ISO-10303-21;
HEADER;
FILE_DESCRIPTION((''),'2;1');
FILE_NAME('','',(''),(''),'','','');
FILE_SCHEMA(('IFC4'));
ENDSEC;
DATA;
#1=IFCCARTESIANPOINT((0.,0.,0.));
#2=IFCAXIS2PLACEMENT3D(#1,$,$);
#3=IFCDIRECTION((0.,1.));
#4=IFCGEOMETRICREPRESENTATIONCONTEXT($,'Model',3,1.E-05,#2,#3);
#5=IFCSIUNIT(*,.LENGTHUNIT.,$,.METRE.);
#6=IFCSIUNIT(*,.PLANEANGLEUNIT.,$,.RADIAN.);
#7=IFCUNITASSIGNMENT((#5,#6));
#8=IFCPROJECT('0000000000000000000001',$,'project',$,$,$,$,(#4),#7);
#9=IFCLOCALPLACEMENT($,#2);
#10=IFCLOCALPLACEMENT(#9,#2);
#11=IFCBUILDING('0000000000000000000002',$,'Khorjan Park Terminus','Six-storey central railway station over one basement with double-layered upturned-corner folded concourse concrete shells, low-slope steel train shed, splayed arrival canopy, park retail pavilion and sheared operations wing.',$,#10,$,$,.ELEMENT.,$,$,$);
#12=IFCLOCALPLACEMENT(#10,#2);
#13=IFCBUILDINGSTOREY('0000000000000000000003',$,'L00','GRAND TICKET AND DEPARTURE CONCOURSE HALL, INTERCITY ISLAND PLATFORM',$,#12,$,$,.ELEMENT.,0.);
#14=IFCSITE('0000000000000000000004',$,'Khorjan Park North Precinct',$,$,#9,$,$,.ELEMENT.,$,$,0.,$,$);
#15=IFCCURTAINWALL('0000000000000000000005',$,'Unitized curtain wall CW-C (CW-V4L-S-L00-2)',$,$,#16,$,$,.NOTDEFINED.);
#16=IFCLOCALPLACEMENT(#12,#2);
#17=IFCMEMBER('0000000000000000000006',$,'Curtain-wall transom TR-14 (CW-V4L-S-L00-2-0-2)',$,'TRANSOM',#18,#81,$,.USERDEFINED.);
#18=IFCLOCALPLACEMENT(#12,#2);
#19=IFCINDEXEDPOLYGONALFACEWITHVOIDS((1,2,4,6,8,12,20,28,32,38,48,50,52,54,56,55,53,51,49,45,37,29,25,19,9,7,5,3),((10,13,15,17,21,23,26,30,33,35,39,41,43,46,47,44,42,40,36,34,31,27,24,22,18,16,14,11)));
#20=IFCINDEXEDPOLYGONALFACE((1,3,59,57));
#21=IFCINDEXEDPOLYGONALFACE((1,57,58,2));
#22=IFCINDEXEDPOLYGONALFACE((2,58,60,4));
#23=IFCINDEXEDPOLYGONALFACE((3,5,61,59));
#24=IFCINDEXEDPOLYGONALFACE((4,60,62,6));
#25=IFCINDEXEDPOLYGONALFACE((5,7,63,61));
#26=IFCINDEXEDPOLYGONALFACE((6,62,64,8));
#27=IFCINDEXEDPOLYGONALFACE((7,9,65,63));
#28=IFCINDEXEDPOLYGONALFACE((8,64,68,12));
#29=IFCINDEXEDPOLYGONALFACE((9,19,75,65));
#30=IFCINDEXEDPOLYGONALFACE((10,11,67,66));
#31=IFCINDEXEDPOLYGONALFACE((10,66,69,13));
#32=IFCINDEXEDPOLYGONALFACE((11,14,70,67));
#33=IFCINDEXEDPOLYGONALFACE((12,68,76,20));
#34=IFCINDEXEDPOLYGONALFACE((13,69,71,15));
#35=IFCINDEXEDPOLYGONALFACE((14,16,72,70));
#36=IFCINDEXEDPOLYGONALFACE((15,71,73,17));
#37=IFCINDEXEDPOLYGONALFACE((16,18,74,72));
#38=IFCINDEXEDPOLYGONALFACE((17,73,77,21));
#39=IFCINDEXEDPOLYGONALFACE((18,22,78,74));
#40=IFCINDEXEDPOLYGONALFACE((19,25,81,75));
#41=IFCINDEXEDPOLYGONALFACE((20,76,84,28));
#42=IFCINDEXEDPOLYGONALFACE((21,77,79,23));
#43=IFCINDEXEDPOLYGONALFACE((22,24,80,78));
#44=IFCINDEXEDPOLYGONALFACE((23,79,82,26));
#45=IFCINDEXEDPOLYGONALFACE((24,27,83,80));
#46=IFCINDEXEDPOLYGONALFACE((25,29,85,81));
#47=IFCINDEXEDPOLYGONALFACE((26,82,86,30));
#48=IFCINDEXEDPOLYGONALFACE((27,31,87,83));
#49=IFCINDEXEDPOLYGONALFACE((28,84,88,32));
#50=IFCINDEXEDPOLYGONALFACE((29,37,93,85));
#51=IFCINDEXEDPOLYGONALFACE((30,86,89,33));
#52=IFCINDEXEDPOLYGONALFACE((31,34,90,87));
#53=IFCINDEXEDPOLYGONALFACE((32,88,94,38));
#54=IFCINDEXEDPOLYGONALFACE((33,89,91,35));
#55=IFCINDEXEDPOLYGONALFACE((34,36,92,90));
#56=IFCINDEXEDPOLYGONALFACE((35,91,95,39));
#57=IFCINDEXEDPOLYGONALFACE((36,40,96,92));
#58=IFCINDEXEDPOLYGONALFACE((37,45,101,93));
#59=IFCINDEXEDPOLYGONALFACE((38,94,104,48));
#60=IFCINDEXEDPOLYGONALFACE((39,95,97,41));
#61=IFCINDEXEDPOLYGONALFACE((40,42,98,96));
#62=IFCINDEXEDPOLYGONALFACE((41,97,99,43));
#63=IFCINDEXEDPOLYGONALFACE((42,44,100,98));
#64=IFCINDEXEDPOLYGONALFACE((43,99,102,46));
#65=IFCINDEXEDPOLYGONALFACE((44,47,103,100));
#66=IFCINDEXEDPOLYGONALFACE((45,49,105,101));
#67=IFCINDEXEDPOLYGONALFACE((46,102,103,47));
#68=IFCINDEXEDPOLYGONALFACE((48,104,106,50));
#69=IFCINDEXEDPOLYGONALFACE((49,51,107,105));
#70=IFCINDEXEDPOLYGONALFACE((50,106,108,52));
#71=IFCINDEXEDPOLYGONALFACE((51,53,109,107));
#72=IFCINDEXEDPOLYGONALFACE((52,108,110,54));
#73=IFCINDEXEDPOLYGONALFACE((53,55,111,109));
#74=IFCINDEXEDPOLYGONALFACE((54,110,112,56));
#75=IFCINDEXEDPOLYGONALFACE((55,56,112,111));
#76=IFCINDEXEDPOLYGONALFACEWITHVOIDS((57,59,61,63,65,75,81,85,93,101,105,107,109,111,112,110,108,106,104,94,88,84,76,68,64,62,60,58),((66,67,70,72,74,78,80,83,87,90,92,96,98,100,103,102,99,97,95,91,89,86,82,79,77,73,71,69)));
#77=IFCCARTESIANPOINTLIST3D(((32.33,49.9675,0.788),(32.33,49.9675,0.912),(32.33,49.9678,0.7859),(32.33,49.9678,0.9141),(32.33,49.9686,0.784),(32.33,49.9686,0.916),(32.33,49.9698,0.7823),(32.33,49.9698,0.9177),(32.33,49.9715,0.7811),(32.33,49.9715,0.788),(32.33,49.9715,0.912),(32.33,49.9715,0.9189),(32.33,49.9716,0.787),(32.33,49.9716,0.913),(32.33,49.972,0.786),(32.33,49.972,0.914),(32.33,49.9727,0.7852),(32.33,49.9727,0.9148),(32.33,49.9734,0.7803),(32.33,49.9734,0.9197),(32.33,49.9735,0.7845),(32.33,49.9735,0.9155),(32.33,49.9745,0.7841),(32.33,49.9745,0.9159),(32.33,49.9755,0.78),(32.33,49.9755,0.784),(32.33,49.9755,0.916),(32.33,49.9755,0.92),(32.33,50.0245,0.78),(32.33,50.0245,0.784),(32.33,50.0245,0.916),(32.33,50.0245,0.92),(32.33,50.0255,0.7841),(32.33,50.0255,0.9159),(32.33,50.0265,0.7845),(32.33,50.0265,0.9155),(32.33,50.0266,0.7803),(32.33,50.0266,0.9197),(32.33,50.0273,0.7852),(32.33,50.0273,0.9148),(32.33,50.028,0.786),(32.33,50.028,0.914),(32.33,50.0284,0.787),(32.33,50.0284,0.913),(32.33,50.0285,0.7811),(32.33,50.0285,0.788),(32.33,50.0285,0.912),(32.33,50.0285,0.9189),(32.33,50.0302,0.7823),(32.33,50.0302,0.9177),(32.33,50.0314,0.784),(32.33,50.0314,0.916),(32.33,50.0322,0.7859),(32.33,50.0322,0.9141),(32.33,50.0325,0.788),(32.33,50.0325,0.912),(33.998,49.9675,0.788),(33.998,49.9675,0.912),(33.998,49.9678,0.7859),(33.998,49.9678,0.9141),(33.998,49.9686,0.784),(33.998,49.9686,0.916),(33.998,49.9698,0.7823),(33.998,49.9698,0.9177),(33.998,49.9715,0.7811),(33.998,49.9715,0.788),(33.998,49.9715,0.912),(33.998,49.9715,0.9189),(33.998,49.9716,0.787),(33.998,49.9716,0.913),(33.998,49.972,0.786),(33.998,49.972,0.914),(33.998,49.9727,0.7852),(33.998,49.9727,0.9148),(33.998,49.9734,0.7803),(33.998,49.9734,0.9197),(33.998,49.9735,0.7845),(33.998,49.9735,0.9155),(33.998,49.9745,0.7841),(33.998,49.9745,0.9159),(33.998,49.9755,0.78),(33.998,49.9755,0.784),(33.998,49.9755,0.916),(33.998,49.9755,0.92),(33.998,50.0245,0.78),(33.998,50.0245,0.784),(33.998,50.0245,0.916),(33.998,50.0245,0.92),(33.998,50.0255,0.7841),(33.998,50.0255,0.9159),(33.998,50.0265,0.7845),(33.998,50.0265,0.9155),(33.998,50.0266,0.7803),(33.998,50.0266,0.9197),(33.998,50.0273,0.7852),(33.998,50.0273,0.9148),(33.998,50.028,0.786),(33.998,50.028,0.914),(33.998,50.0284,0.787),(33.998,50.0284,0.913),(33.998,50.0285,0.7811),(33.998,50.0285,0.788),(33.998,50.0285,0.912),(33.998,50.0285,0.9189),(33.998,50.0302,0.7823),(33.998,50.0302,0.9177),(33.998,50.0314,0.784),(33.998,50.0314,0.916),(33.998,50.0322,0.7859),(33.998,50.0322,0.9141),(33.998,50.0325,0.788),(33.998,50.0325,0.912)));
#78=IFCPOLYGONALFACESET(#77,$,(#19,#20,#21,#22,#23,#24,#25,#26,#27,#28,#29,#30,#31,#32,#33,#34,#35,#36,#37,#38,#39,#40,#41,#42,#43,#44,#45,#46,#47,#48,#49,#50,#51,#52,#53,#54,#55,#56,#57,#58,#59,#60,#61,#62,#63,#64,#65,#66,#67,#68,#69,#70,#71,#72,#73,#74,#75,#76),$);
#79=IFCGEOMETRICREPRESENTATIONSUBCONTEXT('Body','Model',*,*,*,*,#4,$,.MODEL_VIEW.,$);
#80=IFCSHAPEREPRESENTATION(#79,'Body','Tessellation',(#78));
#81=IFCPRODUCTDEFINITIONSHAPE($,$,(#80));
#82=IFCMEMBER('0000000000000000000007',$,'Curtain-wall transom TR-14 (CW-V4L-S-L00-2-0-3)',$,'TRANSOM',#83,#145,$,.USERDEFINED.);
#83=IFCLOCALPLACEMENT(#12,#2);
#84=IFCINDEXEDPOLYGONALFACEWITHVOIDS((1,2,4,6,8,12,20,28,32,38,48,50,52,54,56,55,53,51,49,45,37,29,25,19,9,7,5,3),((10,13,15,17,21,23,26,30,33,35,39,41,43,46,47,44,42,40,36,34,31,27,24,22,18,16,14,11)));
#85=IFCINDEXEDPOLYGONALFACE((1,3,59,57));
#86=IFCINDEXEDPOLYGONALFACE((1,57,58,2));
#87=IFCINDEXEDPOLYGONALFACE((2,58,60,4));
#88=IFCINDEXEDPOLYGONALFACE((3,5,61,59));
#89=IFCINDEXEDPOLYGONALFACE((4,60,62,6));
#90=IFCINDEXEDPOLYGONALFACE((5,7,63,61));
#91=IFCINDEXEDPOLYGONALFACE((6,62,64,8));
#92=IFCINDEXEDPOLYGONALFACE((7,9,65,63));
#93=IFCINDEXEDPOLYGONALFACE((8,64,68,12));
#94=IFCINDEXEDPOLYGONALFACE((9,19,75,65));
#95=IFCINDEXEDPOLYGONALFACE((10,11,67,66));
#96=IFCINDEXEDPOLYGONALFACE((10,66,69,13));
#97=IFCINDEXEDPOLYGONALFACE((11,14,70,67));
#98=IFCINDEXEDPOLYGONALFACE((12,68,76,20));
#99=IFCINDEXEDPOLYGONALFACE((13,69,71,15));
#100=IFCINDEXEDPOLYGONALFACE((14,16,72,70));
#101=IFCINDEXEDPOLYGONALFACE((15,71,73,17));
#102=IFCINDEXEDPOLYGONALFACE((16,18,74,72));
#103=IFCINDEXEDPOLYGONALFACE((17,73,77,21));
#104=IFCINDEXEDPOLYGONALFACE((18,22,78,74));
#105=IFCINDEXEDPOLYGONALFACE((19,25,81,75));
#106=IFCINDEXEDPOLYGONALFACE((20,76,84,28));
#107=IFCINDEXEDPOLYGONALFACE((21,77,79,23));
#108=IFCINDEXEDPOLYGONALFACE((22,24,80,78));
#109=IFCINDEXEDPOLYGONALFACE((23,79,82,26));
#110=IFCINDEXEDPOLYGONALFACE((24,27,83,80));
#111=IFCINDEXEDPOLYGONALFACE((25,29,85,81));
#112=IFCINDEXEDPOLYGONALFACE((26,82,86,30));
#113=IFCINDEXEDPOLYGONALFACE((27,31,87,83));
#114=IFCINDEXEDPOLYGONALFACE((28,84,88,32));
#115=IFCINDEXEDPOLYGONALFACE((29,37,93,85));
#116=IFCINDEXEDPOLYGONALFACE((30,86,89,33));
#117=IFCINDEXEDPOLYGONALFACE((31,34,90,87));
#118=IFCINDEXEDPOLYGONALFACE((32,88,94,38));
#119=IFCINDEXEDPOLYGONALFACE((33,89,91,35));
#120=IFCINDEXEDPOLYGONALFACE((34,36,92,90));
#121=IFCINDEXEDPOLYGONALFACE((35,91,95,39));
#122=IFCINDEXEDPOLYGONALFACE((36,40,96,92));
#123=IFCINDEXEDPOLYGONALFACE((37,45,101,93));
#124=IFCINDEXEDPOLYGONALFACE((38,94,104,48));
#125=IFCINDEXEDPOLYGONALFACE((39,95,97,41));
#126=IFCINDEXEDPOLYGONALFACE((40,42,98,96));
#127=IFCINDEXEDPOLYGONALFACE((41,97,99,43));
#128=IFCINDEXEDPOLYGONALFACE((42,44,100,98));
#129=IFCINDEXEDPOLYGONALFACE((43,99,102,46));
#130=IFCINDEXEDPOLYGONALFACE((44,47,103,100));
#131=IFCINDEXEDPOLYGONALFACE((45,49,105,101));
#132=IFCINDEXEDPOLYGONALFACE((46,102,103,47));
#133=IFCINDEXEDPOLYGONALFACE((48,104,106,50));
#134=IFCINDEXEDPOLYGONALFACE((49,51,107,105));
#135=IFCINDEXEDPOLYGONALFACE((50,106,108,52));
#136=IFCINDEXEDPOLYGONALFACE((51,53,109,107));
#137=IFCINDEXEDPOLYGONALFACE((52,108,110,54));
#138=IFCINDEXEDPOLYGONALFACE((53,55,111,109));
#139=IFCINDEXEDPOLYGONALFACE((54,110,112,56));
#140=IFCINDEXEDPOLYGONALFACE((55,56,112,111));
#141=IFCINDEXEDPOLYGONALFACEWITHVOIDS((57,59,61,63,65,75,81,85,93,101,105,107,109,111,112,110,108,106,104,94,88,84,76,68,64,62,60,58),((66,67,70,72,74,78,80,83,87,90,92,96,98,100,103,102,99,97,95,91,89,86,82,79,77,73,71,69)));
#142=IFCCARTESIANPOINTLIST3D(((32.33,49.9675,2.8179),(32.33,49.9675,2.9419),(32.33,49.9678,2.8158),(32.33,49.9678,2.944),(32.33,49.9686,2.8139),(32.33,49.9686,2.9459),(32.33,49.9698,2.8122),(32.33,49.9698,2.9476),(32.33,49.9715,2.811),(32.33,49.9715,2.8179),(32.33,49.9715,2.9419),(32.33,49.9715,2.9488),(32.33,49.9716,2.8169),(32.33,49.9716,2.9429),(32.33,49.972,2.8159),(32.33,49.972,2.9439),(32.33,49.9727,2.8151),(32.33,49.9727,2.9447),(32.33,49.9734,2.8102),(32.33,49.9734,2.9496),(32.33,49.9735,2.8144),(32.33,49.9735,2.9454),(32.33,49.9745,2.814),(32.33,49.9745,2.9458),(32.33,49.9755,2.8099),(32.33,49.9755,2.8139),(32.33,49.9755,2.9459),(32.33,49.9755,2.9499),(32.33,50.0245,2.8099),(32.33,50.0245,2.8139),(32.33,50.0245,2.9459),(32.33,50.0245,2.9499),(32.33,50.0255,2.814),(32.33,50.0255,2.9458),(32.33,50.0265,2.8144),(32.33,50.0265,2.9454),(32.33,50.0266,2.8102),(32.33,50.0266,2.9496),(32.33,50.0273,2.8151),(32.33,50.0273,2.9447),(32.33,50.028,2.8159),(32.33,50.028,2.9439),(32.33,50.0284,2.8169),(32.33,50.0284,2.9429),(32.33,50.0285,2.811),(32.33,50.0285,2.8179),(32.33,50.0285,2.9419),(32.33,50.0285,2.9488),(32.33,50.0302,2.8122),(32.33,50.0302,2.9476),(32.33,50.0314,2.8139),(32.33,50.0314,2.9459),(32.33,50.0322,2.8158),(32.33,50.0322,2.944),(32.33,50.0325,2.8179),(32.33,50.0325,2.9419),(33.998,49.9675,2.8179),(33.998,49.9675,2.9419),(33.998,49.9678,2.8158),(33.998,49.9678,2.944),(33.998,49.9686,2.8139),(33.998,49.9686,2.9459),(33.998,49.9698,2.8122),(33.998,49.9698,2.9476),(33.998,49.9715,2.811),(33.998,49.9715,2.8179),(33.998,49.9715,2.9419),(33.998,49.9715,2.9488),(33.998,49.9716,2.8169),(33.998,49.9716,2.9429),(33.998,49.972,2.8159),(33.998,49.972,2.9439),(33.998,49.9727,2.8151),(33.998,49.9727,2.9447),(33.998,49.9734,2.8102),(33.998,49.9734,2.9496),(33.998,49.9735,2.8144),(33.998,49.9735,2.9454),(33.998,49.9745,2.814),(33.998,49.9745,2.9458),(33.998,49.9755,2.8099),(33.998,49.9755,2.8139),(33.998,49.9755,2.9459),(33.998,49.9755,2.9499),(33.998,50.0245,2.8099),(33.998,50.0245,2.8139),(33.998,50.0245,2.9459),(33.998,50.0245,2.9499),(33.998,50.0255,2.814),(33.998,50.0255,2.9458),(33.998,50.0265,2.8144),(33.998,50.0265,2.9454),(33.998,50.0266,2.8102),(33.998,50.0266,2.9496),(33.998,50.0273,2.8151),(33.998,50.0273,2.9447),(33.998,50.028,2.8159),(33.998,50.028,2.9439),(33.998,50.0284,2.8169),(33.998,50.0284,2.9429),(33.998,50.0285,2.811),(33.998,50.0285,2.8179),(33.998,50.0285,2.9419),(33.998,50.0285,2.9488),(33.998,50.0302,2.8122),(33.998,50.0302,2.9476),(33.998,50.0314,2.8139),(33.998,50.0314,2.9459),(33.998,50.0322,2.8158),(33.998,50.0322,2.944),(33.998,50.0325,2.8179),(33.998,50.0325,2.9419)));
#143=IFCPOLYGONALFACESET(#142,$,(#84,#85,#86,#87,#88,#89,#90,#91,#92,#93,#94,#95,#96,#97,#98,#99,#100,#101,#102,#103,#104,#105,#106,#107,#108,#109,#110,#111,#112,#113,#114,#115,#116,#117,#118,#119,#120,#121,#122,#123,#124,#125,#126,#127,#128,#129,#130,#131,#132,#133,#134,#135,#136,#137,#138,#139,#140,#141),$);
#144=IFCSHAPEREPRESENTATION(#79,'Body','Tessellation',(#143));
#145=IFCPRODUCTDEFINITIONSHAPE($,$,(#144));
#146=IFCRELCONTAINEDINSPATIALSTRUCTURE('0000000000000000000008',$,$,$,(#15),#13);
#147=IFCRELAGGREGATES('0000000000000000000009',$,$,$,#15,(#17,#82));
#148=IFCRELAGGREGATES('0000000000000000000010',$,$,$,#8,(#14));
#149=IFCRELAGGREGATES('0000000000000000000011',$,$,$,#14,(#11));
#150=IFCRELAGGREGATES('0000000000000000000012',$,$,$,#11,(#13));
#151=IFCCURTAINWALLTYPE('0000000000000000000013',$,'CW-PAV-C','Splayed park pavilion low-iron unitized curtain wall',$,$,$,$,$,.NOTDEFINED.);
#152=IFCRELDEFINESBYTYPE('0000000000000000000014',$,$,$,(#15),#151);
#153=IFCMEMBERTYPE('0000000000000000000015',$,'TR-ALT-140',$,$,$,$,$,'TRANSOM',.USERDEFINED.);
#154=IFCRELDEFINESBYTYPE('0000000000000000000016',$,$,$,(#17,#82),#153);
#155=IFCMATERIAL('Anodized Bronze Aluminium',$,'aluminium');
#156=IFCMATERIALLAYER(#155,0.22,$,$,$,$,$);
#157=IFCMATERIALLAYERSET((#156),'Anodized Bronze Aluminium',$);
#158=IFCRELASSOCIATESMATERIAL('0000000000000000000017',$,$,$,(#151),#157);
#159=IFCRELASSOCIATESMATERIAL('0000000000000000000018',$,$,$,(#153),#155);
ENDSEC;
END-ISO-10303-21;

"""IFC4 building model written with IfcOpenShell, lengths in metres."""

from ifc_helpers import new_model, si_unit, direction, frame, origin, origin_2d, place, context, subcontext, project, spatial, hollow_rectangle, extrude, material, layer, layer_set, material_profile, profile_set, type_object, element, aggregate, save


model = new_model("IFC4")

# Units and contexts
model_context = context("Model", 3, precision=1e-05, world=origin(), true_north=direction((0.0, 1.0)))
body_context = subcontext(model_context, "Body", "Model", "MODEL_VIEW")
ifc_project = project(units=[si_unit("LENGTHUNIT", "METRE"), si_unit("PLANEANGLEUNIT", "RADIAN")], contexts=[model_context])

# Site, building, storey
site_placement = place(None, origin())
site = spatial("IfcSite", under=ifc_project, at=site_placement, Name="Khorjan Park North Precinct", CompositionType="ELEMENT", RefElevation=0.0)
building_placement = place(site_placement, origin())
building = spatial("IfcBuilding", under=site, at=building_placement, Name="Khorjan Park Terminus", Description="Six-storey central railway station over one basement with double-layered upturned-corner folded concourse concrete shells, low-slope steel train shed, splayed arrival canopy, park retail pavilion and sheared operations wing.", CompositionType="ELEMENT")
storey_placement = place(building_placement, origin())
storey = spatial("IfcBuildingStorey", under=building, at=storey_placement, Name="L00", Description="GRAND TICKET AND DEPARTURE CONCOURSE HALL, INTERCITY ISLAND PLATFORM", CompositionType="ELEMENT", Elevation=0.0)

# Shared definitions
ifc_material_1 = material(Name="Anodized Bronze Aluminium", Category="aluminium")
ifc_layer_1 = layer(ifc_material_1, 0.22)
ifc_layer_set_1 = layer_set([ifc_layer_1], Name="Anodized Bronze Aluminium")
curtain_wall_type = type_object("IfcCurtainWallType", Name="CW-PAV-C", Description="Splayed park pavilion low-iron unitized curtain wall", PredefinedType="NOTDEFINED", material=ifc_layer_set_1)

# Curtain wall
curtain_wall_1_placement = place(storey_placement, origin())
curtain_wall_1 = element("IfcCurtainWall", 1, at=curtain_wall_1_placement, inside=storey, type_object=curtain_wall_type, Name="Unitized curtain wall CW-C (CW-V4L-S-L00-2)", PredefinedType="NOTDEFINED")

# Members
ifc_material_profile_1 = material_profile(ifc_material_1, hollow_rectangle(XDim=0.065, YDim=0.14, WallThickness=0.004, InnerFilletRadius=0.004, OuterFilletRadius=0.008, at=origin_2d()), Name="ALT 65x140x4")
ifc_profile_set_1 = profile_set([ifc_material_profile_1], Name="Anodized Bronze Aluminium")
member_type_1 = type_object("IfcMemberType", Name="TR-ALT-140", ElementType="TRANSOM", PredefinedType="USERDEFINED", material=ifc_profile_set_1)
member_1_placement = place(storey_placement, frame((32.33, 50.0, 0.85), z_axis=(1.0, 0.0, 0.0), x_axis=(0.0, 1.0, 0.0)))
member_1 = element("IfcMember", 2, at=member_1_placement, type_object=member_type_1, Name="Curtain-wall transom TR-14 (CW-V4L-S-L00-2-0-2)", ObjectType="TRANSOM", PredefinedType="USERDEFINED", context=body_context, shape_type="SweptSolid", body=[
    extrude(hollow_rectangle(XDim=0.065, YDim=0.14, WallThickness=0.004, InnerFilletRadius=0.004, OuterFilletRadius=0.008, at=origin_2d()), origin(), (0.0, 0.0, 1.0), 1.668),
])
member_2_placement = place(storey_placement, frame((32.33, 50.0, 2.8799), z_axis=(1.0, 0.0, 0.0), x_axis=(0.0, 1.0, 0.0)))
member_2 = element("IfcMember", 3, at=member_2_placement, type_object=member_type_1, Name="Curtain-wall transom TR-14 (CW-V4L-S-L00-2-0-3)", ObjectType="TRANSOM", PredefinedType="USERDEFINED", context=body_context, shape_type="SweptSolid", body=[
    extrude(hollow_rectangle(XDim=0.065, YDim=0.14, WallThickness=0.004, InnerFilletRadius=0.004, OuterFilletRadius=0.008, at=origin_2d()), origin(), (0.0, 0.0, 1.0), 1.668),
])

aggregate(curtain_wall_1, [member_1, member_2])

save(model, "model.ifc")
